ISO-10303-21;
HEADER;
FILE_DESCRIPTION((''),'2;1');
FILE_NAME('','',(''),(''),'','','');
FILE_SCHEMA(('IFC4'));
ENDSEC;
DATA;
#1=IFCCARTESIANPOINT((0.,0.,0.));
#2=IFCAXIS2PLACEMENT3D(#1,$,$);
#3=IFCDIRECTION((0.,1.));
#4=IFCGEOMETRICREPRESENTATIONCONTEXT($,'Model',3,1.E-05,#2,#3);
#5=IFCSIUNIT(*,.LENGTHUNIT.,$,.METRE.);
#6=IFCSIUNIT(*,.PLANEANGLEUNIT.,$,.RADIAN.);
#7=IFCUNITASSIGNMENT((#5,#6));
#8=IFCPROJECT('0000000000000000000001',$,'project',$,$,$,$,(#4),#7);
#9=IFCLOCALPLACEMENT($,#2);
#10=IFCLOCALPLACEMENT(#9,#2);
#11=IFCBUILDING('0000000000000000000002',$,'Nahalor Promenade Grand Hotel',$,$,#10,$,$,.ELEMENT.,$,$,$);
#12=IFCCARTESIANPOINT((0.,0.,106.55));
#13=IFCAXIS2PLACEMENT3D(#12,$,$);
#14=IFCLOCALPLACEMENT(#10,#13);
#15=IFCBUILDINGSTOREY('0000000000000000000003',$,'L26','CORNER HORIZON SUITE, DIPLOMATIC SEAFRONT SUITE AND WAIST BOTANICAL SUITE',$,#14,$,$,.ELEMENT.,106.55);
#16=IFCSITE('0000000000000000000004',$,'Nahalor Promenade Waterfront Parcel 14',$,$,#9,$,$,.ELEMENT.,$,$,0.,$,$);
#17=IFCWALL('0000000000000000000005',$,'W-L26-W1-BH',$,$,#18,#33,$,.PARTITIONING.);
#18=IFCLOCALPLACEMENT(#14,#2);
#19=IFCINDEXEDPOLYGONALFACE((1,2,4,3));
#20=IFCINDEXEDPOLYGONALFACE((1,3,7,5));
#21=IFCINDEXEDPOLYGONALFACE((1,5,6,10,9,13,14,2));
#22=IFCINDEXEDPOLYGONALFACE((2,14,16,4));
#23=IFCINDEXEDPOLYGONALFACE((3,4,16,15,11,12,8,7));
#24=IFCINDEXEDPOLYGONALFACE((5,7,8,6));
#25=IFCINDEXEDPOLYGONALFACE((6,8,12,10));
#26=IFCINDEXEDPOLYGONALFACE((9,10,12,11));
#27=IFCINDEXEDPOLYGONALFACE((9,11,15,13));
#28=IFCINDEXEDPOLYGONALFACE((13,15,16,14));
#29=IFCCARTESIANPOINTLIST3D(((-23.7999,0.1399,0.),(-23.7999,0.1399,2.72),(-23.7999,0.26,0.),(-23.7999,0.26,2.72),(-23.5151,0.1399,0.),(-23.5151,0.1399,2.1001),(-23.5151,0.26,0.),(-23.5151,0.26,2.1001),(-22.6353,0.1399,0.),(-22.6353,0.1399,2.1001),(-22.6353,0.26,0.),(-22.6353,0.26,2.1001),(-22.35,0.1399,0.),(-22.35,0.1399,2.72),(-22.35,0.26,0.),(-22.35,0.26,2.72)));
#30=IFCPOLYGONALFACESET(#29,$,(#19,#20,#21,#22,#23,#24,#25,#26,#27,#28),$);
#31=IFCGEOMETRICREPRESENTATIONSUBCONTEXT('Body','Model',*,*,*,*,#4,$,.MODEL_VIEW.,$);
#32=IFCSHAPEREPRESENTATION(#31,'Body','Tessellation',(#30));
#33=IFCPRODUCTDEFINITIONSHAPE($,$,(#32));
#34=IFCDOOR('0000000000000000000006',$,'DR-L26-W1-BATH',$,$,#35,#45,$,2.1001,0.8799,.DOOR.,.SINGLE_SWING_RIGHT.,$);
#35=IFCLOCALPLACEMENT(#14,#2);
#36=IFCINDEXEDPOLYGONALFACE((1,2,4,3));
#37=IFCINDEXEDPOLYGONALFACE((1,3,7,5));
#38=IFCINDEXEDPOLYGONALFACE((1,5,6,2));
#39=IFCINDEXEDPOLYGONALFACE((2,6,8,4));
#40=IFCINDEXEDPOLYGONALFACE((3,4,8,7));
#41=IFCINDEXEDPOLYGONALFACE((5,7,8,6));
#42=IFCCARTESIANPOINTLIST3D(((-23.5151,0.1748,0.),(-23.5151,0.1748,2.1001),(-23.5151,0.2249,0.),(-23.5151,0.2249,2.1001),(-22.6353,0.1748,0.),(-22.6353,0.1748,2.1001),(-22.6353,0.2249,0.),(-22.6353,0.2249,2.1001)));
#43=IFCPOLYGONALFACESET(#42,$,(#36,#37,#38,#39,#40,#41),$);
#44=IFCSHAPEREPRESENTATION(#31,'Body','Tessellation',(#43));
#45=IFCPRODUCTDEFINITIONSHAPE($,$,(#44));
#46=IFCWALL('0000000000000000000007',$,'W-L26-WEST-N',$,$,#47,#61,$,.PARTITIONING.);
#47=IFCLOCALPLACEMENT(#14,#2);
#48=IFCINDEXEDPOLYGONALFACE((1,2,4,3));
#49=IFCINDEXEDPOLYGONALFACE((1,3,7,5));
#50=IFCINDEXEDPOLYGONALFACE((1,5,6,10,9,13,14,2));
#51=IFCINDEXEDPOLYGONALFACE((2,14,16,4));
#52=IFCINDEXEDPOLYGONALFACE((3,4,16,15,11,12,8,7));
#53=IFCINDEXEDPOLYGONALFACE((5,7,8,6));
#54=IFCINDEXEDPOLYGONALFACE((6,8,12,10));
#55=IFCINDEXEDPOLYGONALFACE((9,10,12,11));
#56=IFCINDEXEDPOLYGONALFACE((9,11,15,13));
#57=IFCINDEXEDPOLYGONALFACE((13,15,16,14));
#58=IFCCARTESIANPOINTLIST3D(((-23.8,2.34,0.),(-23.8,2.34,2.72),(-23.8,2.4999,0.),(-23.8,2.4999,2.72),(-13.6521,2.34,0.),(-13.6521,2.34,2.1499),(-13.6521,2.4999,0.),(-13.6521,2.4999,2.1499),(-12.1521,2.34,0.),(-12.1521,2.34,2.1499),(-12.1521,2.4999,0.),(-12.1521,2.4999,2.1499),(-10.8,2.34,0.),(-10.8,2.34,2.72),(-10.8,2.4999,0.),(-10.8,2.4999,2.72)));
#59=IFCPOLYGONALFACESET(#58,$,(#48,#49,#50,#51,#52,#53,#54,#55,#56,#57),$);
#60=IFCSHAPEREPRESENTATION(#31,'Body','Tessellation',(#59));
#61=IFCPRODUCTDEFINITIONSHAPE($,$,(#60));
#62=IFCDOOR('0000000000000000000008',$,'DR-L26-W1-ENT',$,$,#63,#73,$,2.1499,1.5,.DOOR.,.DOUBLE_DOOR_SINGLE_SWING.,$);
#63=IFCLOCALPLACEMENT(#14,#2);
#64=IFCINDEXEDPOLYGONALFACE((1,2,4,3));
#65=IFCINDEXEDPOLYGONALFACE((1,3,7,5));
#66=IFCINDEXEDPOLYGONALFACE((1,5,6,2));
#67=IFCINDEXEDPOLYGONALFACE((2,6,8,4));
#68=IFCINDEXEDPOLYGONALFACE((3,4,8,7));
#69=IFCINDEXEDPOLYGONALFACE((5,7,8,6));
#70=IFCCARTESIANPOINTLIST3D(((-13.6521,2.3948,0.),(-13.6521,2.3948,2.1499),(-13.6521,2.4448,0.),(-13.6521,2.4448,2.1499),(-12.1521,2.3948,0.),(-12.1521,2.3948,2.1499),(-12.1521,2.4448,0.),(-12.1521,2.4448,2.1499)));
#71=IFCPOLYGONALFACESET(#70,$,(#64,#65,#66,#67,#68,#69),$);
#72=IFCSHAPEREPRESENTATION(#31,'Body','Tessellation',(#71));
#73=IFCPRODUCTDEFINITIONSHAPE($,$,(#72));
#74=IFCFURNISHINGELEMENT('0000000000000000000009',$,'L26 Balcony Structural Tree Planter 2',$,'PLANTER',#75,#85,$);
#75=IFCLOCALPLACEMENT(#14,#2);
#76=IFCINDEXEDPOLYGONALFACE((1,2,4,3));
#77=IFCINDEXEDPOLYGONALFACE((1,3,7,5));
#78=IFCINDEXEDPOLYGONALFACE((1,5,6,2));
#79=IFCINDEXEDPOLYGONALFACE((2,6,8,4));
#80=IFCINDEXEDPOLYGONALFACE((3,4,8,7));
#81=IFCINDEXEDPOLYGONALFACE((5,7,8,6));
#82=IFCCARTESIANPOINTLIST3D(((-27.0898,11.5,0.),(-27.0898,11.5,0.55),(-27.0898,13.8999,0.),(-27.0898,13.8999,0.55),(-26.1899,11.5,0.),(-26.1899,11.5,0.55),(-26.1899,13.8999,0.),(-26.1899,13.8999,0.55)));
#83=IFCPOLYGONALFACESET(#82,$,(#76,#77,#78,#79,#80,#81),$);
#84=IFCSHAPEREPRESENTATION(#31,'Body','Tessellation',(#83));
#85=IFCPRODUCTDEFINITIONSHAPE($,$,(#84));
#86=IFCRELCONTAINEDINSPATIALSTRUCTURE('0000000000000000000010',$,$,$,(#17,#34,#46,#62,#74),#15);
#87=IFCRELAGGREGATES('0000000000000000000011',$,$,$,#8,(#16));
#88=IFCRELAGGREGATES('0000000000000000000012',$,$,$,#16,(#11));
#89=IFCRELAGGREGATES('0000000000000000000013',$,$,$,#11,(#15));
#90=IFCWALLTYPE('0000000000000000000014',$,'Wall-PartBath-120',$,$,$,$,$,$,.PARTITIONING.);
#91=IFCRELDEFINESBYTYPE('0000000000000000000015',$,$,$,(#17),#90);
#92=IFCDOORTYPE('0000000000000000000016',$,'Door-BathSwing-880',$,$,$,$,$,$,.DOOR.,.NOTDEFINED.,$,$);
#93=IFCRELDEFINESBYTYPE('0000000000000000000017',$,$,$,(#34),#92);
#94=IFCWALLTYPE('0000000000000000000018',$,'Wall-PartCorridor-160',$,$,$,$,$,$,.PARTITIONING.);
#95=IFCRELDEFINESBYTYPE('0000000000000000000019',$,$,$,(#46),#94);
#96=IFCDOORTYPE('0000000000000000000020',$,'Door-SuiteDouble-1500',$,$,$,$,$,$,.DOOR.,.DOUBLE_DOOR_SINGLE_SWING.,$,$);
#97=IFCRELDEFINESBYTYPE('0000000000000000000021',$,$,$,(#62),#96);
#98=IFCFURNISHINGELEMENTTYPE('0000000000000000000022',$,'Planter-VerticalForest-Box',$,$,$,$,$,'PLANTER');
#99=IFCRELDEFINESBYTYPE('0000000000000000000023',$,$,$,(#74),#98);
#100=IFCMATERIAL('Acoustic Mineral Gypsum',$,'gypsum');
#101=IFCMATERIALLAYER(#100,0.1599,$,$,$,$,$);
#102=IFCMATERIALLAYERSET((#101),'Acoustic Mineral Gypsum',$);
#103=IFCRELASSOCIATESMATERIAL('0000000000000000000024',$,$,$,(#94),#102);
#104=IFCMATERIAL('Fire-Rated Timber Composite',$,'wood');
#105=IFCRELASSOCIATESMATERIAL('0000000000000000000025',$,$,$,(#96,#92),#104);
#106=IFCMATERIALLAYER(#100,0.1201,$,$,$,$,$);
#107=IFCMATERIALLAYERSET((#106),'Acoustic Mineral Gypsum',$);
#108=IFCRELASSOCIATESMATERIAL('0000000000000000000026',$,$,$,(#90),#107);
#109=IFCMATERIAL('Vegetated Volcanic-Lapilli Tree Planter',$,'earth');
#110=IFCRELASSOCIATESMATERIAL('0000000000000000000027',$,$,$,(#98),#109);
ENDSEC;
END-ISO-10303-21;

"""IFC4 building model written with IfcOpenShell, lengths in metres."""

from ifc_helpers import new_model, si_unit, direction, frame, frame_2d, origin, origin_2d, place, context, subcontext, project, spatial, rectangle, extrude, source, transform, mapped, material, layer, layer_set, type_object, element, fill, save


model = new_model("IFC4")

# Units and contexts
model_context = context("Model", 3, precision=1e-05, world=origin(), true_north=direction((0.0, 1.0)))
body_context = subcontext(model_context, "Body", "Model", "MODEL_VIEW")
ifc_project = project(units=[si_unit("LENGTHUNIT", "METRE"), si_unit("PLANEANGLEUNIT", "RADIAN")], contexts=[model_context])

# Site, building, storey
site_placement = place(None, origin())
site = spatial("IfcSite", under=ifc_project, at=site_placement, Name="Nahalor Promenade Waterfront Parcel 14", CompositionType="ELEMENT", RefElevation=0.0)
building_placement = place(site_placement, origin())
building = spatial("IfcBuilding", under=site, at=building_placement, Name="Nahalor Promenade Grand Hotel", CompositionType="ELEMENT")
storey_placement = place(building_placement, frame((0.0, 0.0, 106.55)))
storey = spatial("IfcBuildingStorey", under=building, at=storey_placement, Name="L26", Description="CORNER HORIZON SUITE, DIPLOMATIC SEAFRONT SUITE AND WAIST BOTANICAL SUITE", CompositionType="ELEMENT", Elevation=106.55)

# Shared definitions
ifc_material_1 = material(Name="Acoustic Mineral Gypsum", Category="gypsum")
ifc_layer_1 = layer(ifc_material_1, 0.1599)
ifc_layer_set_1 = layer_set([ifc_layer_1], Name="Acoustic Mineral Gypsum")
wall_type_1 = type_object("IfcWallType", Name="Wall-PartCorridor-160", PredefinedType="PARTITIONING", material=ifc_layer_set_1)
ifc_material_2 = material(Name="Fire-Rated Timber Composite", Category="wood")
door_type_1 = type_object("IfcDoorType", Name="Door-SuiteDouble-1500", OperationType="DOUBLE_DOOR_SINGLE_SWING", PredefinedType="DOOR", material=ifc_material_2)
shared_shape_1 = source(origin(), body_context, "Body", "SweptSolid", [
    extrude(rectangle(XDim=1.5, YDim=2.1499, at=frame_2d((0.75, 1.075))), frame((0.0, 0.0249, 0.0), z_axis=(0.0, -1.0, 0.0), x_axis=(1.0, 0.0, 0.0)), (0.0, 0.0, 1.0), 0.05),
])

# Shared definitions
ifc_layer_2 = layer(ifc_material_1, 0.1201)
ifc_layer_set_2 = layer_set([ifc_layer_2], Name="Acoustic Mineral Gypsum")
wall_type_2 = type_object("IfcWallType", Name="Wall-PartBath-120", PredefinedType="PARTITIONING", material=ifc_layer_set_2)

# Walls, openings, doors
shared_shape_2 = source(origin(), body_context, "Body", "SweptSolid", [
    extrude(rectangle(XDim=1.45, YDim=0.1201, at=frame_2d((0.7251, 0.0))), origin(), (0.0, 0.0, 1.0), 2.72),
])
wall_1_placement = place(storey_placement, frame((-23.8, 0.2, 0.0), z_axis=(0.0, 0.0, 1.0), x_axis=(1.0, 0.0, 0.0)))
wall_1 = element("IfcWall", 1, at=wall_1_placement, inside=storey, type_object=wall_type_2, Name="W-L26-W1-BH", PredefinedType="PARTITIONING", context=body_context, shape_type="MappedRepresentation", body=[
    mapped(shared_shape_2, transform((0.0, 0.0, 0.0), scale=1.0)),
])
opening_1_placement = place(wall_1_placement, frame((0.2849, 0.0, 0.0)))
opening_1 = element("IfcOpeningElement", 2, at=opening_1_placement, cuts=wall_1, PredefinedType="OPENING", context=body_context, shape_type="SweptSolid", body=[
    extrude(rectangle(XDim=0.8799, YDim=2.1001, at=frame_2d((0.4399, 1.05))), frame((0.0, 0.0701, 0.0), z_axis=(0.0, -1.0, 0.0), x_axis=(1.0, 0.0, 0.0)), (0.0, 0.0, 1.0), 0.1401),
])
door_type_2 = type_object("IfcDoorType", Name="Door-BathSwing-880", OperationType="NOTDEFINED", PredefinedType="DOOR", material=ifc_material_2)
shared_shape_3 = source(origin(), body_context, "Body", "SweptSolid", [
    extrude(rectangle(XDim=0.8799, YDim=2.1001, at=frame_2d((0.4399, 1.05))), frame((0.0, 0.0249, 0.0), z_axis=(0.0, -1.0, 0.0), x_axis=(1.0, 0.0, 0.0)), (0.0, 0.0, 1.0), 0.05),
])
door_1_placement = place(opening_1_placement, origin())
door_1 = element("IfcDoor", 3, at=door_1_placement, inside=storey, type_object=door_type_2, Name="DR-L26-W1-BATH", OperationType="SINGLE_SWING_RIGHT", OverallHeight=2.1001, OverallWidth=0.8799, PredefinedType="DOOR", context=body_context, shape_type="MappedRepresentation", body=[
    mapped(shared_shape_3, transform((0.0, 0.0, 0.0), scale=1.0)),
])
fill(opening_1, door_1)
shared_shape_4 = source(origin(), body_context, "Body", "SweptSolid", [
    extrude(rectangle(XDim=13.0, YDim=0.1599, at=frame_2d((6.5, 0.0))), origin(), (0.0, 0.0, 1.0), 2.72),
])
wall_2_placement = place(storey_placement, frame((-23.8, 2.4199, 0.0), z_axis=(0.0, 0.0, 1.0), x_axis=(1.0, 0.0, 0.0)))
wall_2 = element("IfcWall", 4, at=wall_2_placement, inside=storey, type_object=wall_type_1, Name="W-L26-WEST-N", PredefinedType="PARTITIONING", context=body_context, shape_type="MappedRepresentation", body=[
    mapped(shared_shape_4, transform((0.0, 0.0, 0.0), scale=1.0)),
])
opening_2_placement = place(wall_2_placement, frame((10.1479, 0.0, 0.0)))
opening_2 = element("IfcOpeningElement", 5, at=opening_2_placement, cuts=wall_2, PredefinedType="OPENING", context=body_context, shape_type="SweptSolid", body=[
    extrude(rectangle(XDim=1.5, YDim=2.1499, at=frame_2d((0.75, 1.075))), frame((0.0, 0.0898, 0.0), z_axis=(0.0, -1.0, 0.0), x_axis=(1.0, 0.0, 0.0)), (0.0, 0.0, 1.0), 0.1799),
])
door_2_placement = place(opening_2_placement, origin())
door_2 = element("IfcDoor", 6, at=door_2_placement, inside=storey, type_object=door_type_1, Name="DR-L26-W1-ENT", OperationType="DOUBLE_DOOR_SINGLE_SWING", OverallHeight=2.1499, OverallWidth=1.5, PredefinedType="DOOR", context=body_context, shape_type="MappedRepresentation", body=[
    mapped(shared_shape_1, transform((0.0, 0.0, 0.0), scale=1.0)),
])
fill(opening_2, door_2)

# Furnishing element
ifc_material_3 = material(Name="Vegetated Volcanic-Lapilli Tree Planter", Category="earth")
furnishing_element_type = type_object("IfcFurnishingElementType", Name="Planter-VerticalForest-Box", ElementType="PLANTER", material=ifc_material_3)
shared_shape_5 = source(origin(), body_context, "Body", "SweptSolid", [
    extrude(rectangle(XDim=2.3999, YDim=0.8999, at=origin_2d()), origin(), (0.0, 0.0, 1.0), 0.55),
])
furnishing_placement = place(storey_placement, frame((-26.6399, 12.7, 0.0), z_axis=(0.0, 0.0, 1.0), x_axis=(0.0, 1.0, 0.0)))
element("IfcFurnishingElement", 7, at=furnishing_placement, inside=storey, type_object=furnishing_element_type, Name="L26 Balcony Structural Tree Planter 2", ObjectType="PLANTER", context=body_context, shape_type="MappedRepresentation", body=[
    mapped(shared_shape_5, transform((0.0, 0.0, 0.0), scale=1.0)),
])

save(model, "model.ifc")
